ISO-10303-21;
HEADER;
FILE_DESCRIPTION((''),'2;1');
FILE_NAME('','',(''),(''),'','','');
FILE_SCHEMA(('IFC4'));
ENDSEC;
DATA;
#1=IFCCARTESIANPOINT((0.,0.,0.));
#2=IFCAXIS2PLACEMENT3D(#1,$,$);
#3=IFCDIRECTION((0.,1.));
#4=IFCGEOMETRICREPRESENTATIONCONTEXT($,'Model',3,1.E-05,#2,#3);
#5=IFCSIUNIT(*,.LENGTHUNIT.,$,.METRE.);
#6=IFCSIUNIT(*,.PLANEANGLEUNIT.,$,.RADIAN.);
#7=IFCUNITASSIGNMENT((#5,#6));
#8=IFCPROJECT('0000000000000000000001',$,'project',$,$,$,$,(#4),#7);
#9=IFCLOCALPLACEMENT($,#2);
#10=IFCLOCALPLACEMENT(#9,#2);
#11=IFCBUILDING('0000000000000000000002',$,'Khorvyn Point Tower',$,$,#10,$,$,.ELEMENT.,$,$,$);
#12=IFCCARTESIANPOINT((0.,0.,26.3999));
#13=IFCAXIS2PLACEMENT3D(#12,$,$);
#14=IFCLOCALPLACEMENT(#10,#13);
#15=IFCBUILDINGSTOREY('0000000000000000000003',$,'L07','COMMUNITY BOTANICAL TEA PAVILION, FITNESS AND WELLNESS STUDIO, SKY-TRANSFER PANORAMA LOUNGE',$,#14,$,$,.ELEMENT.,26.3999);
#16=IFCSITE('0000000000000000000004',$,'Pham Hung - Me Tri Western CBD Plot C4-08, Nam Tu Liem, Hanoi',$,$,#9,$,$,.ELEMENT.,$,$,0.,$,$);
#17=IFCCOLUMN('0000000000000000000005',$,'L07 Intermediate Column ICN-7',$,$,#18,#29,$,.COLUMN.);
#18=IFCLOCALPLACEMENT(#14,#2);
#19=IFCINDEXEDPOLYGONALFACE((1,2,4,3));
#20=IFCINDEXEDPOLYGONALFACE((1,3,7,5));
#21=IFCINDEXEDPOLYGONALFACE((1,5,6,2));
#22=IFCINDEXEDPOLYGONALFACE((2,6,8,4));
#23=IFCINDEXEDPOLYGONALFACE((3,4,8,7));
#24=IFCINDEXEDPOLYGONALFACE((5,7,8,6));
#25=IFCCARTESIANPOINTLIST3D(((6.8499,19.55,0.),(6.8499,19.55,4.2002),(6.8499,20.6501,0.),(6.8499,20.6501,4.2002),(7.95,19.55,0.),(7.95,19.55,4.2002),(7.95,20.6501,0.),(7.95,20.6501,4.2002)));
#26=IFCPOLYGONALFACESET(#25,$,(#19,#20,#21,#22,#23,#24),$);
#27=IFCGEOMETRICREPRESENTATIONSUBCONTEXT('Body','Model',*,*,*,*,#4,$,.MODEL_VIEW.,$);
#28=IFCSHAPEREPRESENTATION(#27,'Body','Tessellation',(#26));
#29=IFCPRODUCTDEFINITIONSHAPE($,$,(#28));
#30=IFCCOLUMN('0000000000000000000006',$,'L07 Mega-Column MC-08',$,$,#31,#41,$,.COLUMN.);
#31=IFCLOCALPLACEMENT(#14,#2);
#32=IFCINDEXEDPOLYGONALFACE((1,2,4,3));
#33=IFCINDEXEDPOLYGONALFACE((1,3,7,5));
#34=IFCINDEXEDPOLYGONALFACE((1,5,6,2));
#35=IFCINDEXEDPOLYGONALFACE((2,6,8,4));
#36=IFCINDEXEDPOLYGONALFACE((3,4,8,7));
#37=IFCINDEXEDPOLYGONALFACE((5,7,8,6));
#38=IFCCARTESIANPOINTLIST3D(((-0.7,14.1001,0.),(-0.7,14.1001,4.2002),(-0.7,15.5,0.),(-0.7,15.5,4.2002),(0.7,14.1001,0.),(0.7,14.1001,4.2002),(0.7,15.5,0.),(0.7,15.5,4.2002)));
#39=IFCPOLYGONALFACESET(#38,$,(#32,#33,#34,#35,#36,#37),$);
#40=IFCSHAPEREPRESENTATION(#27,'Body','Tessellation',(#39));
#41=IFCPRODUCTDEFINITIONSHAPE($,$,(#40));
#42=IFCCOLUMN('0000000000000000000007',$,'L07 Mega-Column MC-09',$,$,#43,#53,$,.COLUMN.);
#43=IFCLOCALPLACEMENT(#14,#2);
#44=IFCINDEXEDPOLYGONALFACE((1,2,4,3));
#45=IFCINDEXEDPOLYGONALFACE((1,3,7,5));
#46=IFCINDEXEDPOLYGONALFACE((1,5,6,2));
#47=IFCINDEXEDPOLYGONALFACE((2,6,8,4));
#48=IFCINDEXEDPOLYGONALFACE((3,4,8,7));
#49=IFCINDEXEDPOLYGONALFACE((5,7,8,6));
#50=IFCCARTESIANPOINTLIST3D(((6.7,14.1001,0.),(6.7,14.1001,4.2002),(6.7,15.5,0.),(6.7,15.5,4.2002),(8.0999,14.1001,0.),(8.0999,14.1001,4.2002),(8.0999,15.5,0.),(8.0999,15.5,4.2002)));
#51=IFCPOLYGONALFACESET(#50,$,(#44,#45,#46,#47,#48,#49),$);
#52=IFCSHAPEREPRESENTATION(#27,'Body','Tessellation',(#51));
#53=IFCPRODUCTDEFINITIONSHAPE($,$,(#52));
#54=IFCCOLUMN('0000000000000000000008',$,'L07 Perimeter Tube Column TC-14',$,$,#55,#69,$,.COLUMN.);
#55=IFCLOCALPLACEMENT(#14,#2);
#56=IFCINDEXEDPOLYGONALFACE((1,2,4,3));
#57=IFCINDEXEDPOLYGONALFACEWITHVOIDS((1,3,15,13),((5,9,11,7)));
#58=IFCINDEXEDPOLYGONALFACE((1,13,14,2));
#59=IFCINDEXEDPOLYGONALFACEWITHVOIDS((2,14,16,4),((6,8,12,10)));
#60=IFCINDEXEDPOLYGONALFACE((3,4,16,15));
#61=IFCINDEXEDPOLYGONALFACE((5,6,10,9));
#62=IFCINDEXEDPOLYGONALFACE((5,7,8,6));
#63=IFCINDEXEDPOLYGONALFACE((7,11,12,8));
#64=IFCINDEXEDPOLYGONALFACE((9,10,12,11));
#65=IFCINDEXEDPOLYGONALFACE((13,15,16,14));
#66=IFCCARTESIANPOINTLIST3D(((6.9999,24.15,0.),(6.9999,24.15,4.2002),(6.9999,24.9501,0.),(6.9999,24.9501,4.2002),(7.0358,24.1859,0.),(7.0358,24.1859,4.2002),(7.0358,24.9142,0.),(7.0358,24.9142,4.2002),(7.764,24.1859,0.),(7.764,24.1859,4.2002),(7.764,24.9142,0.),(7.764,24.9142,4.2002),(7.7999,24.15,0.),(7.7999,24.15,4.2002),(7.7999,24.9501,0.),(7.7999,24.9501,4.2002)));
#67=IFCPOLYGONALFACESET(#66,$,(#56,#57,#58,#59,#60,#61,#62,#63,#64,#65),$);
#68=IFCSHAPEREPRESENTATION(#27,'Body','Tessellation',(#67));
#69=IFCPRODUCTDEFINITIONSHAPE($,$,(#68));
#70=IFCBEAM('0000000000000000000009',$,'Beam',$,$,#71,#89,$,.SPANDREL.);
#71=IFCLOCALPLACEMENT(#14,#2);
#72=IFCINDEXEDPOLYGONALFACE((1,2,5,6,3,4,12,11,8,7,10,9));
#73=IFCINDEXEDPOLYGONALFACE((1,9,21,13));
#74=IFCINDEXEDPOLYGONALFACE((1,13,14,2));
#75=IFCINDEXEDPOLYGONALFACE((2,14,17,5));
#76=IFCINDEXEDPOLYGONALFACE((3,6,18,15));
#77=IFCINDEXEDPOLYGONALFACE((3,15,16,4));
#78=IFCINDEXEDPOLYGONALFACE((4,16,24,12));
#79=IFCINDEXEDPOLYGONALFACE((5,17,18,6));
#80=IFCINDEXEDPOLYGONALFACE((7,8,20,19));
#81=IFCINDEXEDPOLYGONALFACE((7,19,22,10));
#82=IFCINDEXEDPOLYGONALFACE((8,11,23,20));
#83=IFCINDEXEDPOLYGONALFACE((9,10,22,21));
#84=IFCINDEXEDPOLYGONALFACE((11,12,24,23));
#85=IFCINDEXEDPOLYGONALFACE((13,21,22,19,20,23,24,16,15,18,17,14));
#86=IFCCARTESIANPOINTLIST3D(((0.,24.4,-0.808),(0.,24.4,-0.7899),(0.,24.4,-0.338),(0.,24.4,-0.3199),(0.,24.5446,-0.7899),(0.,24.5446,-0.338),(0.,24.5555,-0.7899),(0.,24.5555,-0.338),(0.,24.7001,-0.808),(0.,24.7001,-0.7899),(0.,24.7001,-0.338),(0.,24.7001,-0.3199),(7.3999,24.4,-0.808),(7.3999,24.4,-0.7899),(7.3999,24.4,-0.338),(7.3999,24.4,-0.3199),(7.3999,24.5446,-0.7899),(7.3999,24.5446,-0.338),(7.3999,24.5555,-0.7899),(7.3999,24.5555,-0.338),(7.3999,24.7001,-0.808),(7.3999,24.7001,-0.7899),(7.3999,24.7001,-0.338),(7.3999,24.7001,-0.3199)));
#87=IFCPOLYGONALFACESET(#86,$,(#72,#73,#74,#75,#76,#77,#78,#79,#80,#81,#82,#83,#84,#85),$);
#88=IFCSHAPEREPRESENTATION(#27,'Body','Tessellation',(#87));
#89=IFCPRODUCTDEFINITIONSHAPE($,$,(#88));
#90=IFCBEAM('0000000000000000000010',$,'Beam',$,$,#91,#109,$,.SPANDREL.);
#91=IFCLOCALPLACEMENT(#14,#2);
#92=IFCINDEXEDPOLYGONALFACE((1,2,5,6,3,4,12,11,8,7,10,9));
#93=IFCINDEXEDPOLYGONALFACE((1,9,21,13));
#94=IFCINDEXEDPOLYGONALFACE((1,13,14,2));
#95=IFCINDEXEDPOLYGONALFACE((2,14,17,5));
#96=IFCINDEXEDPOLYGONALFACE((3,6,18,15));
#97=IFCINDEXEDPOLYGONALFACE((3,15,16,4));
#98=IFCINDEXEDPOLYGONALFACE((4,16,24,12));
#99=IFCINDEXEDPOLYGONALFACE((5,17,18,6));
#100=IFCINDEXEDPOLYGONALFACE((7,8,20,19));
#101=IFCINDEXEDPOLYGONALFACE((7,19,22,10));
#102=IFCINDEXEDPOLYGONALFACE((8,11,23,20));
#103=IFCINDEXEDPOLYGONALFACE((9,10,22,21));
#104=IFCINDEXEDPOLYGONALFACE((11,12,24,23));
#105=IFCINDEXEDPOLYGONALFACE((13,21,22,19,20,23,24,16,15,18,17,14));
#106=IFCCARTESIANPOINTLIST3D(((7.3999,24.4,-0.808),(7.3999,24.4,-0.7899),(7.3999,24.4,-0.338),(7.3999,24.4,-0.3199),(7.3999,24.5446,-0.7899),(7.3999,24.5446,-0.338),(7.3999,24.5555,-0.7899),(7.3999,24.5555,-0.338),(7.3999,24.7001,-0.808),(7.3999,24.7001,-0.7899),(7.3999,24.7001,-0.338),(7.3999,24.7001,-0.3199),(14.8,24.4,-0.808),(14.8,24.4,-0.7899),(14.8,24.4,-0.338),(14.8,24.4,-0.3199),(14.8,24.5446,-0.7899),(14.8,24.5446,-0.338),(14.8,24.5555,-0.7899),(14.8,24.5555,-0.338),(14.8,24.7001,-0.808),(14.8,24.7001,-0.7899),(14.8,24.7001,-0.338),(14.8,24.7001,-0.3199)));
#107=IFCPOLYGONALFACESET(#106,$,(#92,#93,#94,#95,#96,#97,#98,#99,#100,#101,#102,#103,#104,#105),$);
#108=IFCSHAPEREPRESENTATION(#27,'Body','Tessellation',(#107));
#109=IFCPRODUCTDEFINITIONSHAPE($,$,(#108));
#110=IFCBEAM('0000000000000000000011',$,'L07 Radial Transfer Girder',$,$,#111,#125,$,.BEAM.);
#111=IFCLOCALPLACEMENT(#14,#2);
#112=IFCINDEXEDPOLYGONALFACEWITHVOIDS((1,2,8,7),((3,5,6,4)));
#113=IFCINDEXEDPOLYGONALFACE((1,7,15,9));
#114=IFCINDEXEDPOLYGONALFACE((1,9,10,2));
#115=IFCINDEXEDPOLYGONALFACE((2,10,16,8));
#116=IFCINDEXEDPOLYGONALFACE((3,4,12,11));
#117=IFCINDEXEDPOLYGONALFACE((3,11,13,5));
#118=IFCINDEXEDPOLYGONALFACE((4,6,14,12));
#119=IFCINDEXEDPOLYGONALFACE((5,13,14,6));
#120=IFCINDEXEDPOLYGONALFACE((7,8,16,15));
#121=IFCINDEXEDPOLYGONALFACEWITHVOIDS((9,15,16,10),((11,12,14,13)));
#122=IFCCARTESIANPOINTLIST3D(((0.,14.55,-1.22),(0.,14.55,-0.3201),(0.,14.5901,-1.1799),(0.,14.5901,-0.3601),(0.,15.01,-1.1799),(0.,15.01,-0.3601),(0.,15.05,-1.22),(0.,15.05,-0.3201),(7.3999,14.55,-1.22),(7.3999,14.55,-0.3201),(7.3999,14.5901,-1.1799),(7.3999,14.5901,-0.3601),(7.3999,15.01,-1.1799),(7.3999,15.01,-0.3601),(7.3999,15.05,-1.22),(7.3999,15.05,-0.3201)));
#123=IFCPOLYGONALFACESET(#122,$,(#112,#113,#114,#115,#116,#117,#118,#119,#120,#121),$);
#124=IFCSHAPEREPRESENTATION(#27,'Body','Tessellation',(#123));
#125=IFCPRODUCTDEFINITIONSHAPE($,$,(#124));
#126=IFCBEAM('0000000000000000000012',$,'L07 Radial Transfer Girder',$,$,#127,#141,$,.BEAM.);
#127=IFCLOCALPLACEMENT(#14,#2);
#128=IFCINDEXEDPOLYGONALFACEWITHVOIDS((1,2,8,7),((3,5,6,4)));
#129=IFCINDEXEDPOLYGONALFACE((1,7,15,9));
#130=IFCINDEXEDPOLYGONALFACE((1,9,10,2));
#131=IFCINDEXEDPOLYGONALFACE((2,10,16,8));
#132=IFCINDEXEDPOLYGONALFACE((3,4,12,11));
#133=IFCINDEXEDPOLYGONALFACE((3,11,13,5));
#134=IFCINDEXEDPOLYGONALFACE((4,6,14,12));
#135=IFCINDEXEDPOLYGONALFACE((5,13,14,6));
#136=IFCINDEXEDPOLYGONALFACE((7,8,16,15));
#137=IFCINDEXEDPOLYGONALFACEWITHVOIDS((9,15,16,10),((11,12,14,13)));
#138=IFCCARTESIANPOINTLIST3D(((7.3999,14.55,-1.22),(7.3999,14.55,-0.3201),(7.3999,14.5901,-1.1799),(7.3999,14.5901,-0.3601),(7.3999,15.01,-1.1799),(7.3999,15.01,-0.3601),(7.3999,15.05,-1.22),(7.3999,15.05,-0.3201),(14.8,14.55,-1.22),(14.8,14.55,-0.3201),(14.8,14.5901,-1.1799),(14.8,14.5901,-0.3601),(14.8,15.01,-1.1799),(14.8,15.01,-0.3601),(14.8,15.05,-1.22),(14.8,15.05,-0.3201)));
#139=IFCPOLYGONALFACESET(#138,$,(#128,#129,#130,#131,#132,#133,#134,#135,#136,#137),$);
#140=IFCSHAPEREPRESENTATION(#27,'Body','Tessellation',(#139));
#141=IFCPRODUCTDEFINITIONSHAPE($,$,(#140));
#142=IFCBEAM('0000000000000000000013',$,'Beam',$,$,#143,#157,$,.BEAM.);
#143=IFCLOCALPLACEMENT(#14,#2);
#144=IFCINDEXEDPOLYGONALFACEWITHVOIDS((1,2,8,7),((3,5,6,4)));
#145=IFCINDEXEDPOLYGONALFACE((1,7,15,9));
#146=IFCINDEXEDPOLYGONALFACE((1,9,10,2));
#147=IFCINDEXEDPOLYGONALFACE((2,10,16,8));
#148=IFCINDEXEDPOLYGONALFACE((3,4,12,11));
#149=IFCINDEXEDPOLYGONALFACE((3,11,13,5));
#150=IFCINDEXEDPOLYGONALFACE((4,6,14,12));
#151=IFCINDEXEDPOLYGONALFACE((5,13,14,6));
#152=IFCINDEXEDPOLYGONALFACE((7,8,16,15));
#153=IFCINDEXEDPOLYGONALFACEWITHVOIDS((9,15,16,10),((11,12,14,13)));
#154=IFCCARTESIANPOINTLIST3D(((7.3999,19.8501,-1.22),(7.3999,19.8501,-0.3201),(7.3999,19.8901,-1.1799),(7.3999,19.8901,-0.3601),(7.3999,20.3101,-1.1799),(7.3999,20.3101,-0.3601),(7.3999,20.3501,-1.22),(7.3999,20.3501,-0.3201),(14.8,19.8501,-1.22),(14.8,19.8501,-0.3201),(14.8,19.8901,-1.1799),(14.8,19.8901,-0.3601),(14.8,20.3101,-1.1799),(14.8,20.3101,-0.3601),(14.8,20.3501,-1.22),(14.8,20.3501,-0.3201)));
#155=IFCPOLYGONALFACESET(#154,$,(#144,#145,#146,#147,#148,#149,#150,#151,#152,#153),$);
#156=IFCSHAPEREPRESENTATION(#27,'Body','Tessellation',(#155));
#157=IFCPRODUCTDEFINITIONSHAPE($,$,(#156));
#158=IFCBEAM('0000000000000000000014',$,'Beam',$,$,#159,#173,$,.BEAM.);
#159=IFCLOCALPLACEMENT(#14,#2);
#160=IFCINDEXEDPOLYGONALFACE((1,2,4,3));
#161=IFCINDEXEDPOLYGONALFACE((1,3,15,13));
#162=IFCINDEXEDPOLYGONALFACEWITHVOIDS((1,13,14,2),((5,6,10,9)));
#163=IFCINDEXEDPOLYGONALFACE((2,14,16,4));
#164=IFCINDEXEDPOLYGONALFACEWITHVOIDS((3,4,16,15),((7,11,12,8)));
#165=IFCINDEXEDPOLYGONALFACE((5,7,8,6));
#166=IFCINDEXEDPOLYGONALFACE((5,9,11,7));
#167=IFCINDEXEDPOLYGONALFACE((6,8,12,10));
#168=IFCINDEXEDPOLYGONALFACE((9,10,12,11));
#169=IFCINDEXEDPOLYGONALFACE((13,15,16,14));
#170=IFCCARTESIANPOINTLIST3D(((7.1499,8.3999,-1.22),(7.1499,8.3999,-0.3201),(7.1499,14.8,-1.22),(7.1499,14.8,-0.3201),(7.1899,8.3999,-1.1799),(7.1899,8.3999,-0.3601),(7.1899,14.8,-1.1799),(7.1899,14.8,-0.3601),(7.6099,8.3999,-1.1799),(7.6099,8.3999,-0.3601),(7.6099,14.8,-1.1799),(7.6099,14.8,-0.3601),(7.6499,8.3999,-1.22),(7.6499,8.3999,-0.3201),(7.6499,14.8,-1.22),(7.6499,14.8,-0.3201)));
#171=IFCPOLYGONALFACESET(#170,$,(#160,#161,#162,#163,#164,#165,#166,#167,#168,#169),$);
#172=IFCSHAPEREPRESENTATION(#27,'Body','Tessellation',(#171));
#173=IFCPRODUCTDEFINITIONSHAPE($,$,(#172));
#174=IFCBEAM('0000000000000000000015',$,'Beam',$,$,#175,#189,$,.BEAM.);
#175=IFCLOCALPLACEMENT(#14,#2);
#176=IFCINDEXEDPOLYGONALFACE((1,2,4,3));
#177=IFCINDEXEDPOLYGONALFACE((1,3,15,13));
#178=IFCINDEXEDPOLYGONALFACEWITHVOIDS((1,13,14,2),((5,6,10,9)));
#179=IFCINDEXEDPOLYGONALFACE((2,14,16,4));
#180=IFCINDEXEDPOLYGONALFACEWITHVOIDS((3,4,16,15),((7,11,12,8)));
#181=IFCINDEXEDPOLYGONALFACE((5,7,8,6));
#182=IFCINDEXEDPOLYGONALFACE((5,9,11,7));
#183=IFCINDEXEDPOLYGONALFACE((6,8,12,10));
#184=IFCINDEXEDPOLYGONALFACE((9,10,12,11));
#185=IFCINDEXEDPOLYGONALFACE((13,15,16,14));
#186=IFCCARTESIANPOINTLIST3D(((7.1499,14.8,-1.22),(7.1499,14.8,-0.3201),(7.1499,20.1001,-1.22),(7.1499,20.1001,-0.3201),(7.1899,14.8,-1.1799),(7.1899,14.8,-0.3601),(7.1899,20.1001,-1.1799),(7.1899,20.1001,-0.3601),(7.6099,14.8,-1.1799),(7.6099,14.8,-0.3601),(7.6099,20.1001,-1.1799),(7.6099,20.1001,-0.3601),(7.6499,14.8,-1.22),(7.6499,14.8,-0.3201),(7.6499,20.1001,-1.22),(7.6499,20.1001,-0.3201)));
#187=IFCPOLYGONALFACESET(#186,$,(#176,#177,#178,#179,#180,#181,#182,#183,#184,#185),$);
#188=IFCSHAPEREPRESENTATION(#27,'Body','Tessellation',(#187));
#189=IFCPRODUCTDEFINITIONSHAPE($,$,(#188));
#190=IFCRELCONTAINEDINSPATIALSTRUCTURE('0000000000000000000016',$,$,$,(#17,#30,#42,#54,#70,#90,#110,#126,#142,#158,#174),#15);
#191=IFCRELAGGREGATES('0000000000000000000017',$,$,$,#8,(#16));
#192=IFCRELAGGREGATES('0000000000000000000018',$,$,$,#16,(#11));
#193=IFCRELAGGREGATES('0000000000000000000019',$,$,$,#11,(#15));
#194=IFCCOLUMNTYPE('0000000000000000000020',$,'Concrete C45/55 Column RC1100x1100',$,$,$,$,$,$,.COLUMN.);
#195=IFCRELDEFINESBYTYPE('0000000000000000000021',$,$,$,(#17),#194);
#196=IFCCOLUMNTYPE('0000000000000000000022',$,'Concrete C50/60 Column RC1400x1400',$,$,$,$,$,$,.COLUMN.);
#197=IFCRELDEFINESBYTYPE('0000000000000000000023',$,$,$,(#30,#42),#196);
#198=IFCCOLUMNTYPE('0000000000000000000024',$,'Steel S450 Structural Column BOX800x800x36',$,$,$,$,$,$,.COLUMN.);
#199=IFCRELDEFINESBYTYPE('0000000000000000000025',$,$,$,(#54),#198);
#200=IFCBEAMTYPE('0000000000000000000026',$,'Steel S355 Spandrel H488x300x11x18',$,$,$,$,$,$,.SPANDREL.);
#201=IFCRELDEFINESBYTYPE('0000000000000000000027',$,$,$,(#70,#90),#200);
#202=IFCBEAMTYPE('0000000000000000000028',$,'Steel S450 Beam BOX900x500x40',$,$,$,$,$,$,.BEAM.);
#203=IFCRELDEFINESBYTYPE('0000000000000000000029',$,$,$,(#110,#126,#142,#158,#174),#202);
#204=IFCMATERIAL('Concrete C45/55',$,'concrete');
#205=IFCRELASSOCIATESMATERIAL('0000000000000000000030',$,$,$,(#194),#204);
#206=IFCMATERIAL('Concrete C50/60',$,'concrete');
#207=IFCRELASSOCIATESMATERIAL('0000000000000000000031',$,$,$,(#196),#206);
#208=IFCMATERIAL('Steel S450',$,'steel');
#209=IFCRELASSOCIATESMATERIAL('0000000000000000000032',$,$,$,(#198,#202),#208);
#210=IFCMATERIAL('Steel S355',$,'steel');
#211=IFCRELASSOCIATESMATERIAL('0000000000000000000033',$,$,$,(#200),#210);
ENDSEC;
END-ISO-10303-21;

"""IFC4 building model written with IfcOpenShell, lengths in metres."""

from ifc_helpers import new_model, si_unit, direction, frame, origin, origin_2d, place, context, subcontext, project, spatial, rectangle, hollow_rectangle, i_section, extrude, material, material_profile, profile_set, type_object, element, save


model = new_model("IFC4")

# Units and contexts
model_context = context("Model", 3, precision=1e-05, world=origin(), true_north=direction((0.0, 1.0)))
body_context = subcontext(model_context, "Body", "Model", "MODEL_VIEW")
ifc_project = project(units=[si_unit("LENGTHUNIT", "METRE"), si_unit("PLANEANGLEUNIT", "RADIAN")], contexts=[model_context])

# Site, building, storey
site_placement = place(None, origin())
site = spatial("IfcSite", under=ifc_project, at=site_placement, Name="Pham Hung - Me Tri Western CBD Plot C4-08, Nam Tu Liem, Hanoi", CompositionType="ELEMENT", RefElevation=0.0)
building_placement = place(site_placement, origin())
building = spatial("IfcBuilding", under=site, at=building_placement, Name="Khorvyn Point Tower", CompositionType="ELEMENT")
storey_placement = place(building_placement, frame((0.0, 0.0, 26.3999)))
storey = spatial("IfcBuildingStorey", under=building, at=storey_placement, Name="L07", Description="COMMUNITY BOTANICAL TEA PAVILION, FITNESS AND WELLNESS STUDIO, SKY-TRANSFER PANORAMA LOUNGE", CompositionType="ELEMENT", Elevation=26.3999)

# Columns
ifc_material_1 = material(Name="Concrete C45/55", Category="concrete")
ifc_material_profile_1 = material_profile(ifc_material_1, rectangle(XDim=1.1001, YDim=1.1001, at=origin_2d()))
ifc_profile_set_1 = profile_set([ifc_material_profile_1], Name="Concrete C45/55 RC1100x1100")
column_type_1 = type_object("IfcColumnType", Name="Concrete C45/55 Column RC1100x1100", PredefinedType="COLUMN", material=ifc_profile_set_1)
column_1_placement = place(storey_placement, frame((7.3999, 20.1001, 0.0), z_axis=(0.0, 0.0, 1.0), x_axis=(1.0, 0.0, 0.0)))
element("IfcColumn", 1, at=column_1_placement, inside=storey, type_object=column_type_1, Name="L07 Intermediate Column ICN-7", PredefinedType="COLUMN", context=body_context, shape_type="SweptSolid", body=[
    extrude(rectangle(XDim=1.1001, YDim=1.1001, at=origin_2d()), origin(), (0.0, 0.0, 1.0), 4.2002),
])
ifc_material_2 = material(Name="Concrete C50/60", Category="concrete")
ifc_material_profile_2 = material_profile(ifc_material_2, rectangle(XDim=1.3999, YDim=1.3999, at=origin_2d()))
ifc_profile_set_2 = profile_set([ifc_material_profile_2], Name="Concrete C50/60 RC1400x1400")
column_type_2 = type_object("IfcColumnType", Name="Concrete C50/60 Column RC1400x1400", PredefinedType="COLUMN", material=ifc_profile_set_2)
for number, where, z_axis, x_axis, name in (
    (2, (0.0, 14.8, 0.0), (0.0, 0.0, 1.0), (1.0, 0.0, 0.0), "L07 Mega-Column MC-08"),
    (3, (7.3999, 14.8, 0.0), (0.0, 0.0, 1.0), (1.0, 0.0, 0.0), "L07 Mega-Column MC-09"),
):
    element("IfcColumn", number, at=place(storey_placement, frame(where, z_axis=z_axis, x_axis=x_axis)), inside=storey, type_object=column_type_2, Name=name, PredefinedType="COLUMN", context=body_context, shape_type="SweptSolid", body=[
        extrude(rectangle(XDim=1.3999, YDim=1.3999, at=origin_2d()), origin(), (0.0, 0.0, 1.0), 4.2002),
    ])
ifc_material_3 = material(Name="Steel S450", Category="steel")
ifc_material_profile_3 = material_profile(ifc_material_3, hollow_rectangle(XDim=0.8, YDim=0.8, WallThickness=0.0359, at=origin_2d()))
ifc_profile_set_3 = profile_set([ifc_material_profile_3], Name="Steel S450 BOX800x800x36")
column_type_3 = type_object("IfcColumnType", Name="Steel S450 Structural Column BOX800x800x36", PredefinedType="COLUMN", material=ifc_profile_set_3)
column_2_placement = place(storey_placement, frame((7.3999, 24.55, 0.0), z_axis=(0.0, 0.0, 1.0), x_axis=(1.0, 0.0, 0.0)))
element("IfcColumn", 4, at=column_2_placement, inside=storey, type_object=column_type_3, Name="L07 Perimeter Tube Column TC-14", PredefinedType="COLUMN", context=body_context, shape_type="SweptSolid", body=[
    extrude(hollow_rectangle(XDim=0.8, YDim=0.8, WallThickness=0.0359, at=origin_2d()), origin(), (0.0, 0.0, 1.0), 4.2002),
])

# Beams
ifc_material_4 = material(Name="Steel S355", Category="steel")
ifc_material_profile_4 = material_profile(ifc_material_4, i_section(OverallWidth=0.3, OverallDepth=0.488, WebThickness=0.011, FlangeThickness=0.0181, at=origin_2d()))
ifc_profile_set_4 = profile_set([ifc_material_profile_4], Name="Steel S355 H488x300x11x18")
beam_type_1 = type_object("IfcBeamType", Name="Steel S355 Spandrel H488x300x11x18", PredefinedType="SPANDREL", material=ifc_profile_set_4)
beam_1_placement = place(storey_placement, frame((0.0, 24.55, -0.564), z_axis=(1.0, 0.0, 0.0), x_axis=(0.0, 1.0, 0.0)))
element("IfcBeam", 5, at=beam_1_placement, inside=storey, type_object=beam_type_1, Name="Beam", PredefinedType="SPANDREL", context=body_context, shape_type="SweptSolid", body=[
    extrude(i_section(OverallWidth=0.3, OverallDepth=0.488, WebThickness=0.011, FlangeThickness=0.0181, at=origin_2d()), origin(), (0.0, 0.0, 1.0), 7.3999),
])
beam_2_placement = place(storey_placement, frame((7.3999, 24.55, -0.564), z_axis=(1.0, 0.0, 0.0), x_axis=(0.0, 1.0, 0.0)))
element("IfcBeam", 6, at=beam_2_placement, inside=storey, type_object=beam_type_1, Name="Beam", PredefinedType="SPANDREL", context=body_context, shape_type="SweptSolid", body=[
    extrude(i_section(OverallWidth=0.3, OverallDepth=0.488, WebThickness=0.011, FlangeThickness=0.0181, at=origin_2d()), origin(), (0.0, 0.0, 1.0), 7.4001),
])
ifc_material_profile_5 = material_profile(ifc_material_3, hollow_rectangle(XDim=0.5, YDim=0.8999, WallThickness=0.04, at=origin_2d()))
ifc_profile_set_5 = profile_set([ifc_material_profile_5], Name="Steel S450 BOX900x500x40")
beam_type_2 = type_object("IfcBeamType", Name="Steel S450 Beam BOX900x500x40", PredefinedType="BEAM", material=ifc_profile_set_5)
beam_3_placement = place(storey_placement, frame((0.0, 14.8, -0.77), z_axis=(1.0, 0.0, 0.0), x_axis=(0.0, 1.0, 0.0)))
element("IfcBeam", 7, at=beam_3_placement, inside=storey, type_object=beam_type_2, Name="L07 Radial Transfer Girder", PredefinedType="BEAM", context=body_context, shape_type="SweptSolid", body=[
    extrude(hollow_rectangle(XDim=0.5, YDim=0.8999, WallThickness=0.04, at=origin_2d()), origin(), (0.0, 0.0, 1.0), 7.3999),
])
for number, where, z_axis, x_axis, name in (
    (8, (7.3999, 14.8, -0.77), (1.0, 0.0, 0.0), (0.0, 1.0, 0.0), "L07 Radial Transfer Girder"),
    (9, (7.3999, 20.1001, -0.77), (1.0, 0.0, 0.0), (0.0, 1.0, 0.0), "Beam"),
):
    element("IfcBeam", number, at=place(storey_placement, frame(where, z_axis=z_axis, x_axis=x_axis)), inside=storey, type_object=beam_type_2, Name=name, PredefinedType="BEAM", context=body_context, shape_type="SweptSolid", body=[
        extrude(hollow_rectangle(XDim=0.5, YDim=0.8999, WallThickness=0.04, at=origin_2d()), origin(), (0.0, 0.0, 1.0), 7.4001),
    ])
beam_4_placement = place(storey_placement, frame((7.3999, 8.3999, -0.77), z_axis=(0.0, 1.0, 0.0), x_axis=(-1.0, 0.0, 0.0)))
element("IfcBeam", 10, at=beam_4_placement, inside=storey, type_object=beam_type_2, Name="Beam", PredefinedType="BEAM", context=body_context, shape_type="SweptSolid", body=[
    extrude(hollow_rectangle(XDim=0.5, YDim=0.8999, WallThickness=0.04, at=origin_2d()), origin(), (0.0, 0.0, 1.0), 6.4001),
])
beam_5_placement = place(storey_placement, frame((7.3999, 14.8, -0.77), z_axis=(0.0, 1.0, 0.0), x_axis=(-1.0, 0.0, 0.0)))
element("IfcBeam", 11, at=beam_5_placement, inside=storey, type_object=beam_type_2, Name="Beam", PredefinedType="BEAM", context=body_context, shape_type="SweptSolid", body=[
    extrude(hollow_rectangle(XDim=0.5, YDim=0.8999, WallThickness=0.04, at=origin_2d()), origin(), (0.0, 0.0, 1.0), 5.3),
])

save(model, "model.ifc")
